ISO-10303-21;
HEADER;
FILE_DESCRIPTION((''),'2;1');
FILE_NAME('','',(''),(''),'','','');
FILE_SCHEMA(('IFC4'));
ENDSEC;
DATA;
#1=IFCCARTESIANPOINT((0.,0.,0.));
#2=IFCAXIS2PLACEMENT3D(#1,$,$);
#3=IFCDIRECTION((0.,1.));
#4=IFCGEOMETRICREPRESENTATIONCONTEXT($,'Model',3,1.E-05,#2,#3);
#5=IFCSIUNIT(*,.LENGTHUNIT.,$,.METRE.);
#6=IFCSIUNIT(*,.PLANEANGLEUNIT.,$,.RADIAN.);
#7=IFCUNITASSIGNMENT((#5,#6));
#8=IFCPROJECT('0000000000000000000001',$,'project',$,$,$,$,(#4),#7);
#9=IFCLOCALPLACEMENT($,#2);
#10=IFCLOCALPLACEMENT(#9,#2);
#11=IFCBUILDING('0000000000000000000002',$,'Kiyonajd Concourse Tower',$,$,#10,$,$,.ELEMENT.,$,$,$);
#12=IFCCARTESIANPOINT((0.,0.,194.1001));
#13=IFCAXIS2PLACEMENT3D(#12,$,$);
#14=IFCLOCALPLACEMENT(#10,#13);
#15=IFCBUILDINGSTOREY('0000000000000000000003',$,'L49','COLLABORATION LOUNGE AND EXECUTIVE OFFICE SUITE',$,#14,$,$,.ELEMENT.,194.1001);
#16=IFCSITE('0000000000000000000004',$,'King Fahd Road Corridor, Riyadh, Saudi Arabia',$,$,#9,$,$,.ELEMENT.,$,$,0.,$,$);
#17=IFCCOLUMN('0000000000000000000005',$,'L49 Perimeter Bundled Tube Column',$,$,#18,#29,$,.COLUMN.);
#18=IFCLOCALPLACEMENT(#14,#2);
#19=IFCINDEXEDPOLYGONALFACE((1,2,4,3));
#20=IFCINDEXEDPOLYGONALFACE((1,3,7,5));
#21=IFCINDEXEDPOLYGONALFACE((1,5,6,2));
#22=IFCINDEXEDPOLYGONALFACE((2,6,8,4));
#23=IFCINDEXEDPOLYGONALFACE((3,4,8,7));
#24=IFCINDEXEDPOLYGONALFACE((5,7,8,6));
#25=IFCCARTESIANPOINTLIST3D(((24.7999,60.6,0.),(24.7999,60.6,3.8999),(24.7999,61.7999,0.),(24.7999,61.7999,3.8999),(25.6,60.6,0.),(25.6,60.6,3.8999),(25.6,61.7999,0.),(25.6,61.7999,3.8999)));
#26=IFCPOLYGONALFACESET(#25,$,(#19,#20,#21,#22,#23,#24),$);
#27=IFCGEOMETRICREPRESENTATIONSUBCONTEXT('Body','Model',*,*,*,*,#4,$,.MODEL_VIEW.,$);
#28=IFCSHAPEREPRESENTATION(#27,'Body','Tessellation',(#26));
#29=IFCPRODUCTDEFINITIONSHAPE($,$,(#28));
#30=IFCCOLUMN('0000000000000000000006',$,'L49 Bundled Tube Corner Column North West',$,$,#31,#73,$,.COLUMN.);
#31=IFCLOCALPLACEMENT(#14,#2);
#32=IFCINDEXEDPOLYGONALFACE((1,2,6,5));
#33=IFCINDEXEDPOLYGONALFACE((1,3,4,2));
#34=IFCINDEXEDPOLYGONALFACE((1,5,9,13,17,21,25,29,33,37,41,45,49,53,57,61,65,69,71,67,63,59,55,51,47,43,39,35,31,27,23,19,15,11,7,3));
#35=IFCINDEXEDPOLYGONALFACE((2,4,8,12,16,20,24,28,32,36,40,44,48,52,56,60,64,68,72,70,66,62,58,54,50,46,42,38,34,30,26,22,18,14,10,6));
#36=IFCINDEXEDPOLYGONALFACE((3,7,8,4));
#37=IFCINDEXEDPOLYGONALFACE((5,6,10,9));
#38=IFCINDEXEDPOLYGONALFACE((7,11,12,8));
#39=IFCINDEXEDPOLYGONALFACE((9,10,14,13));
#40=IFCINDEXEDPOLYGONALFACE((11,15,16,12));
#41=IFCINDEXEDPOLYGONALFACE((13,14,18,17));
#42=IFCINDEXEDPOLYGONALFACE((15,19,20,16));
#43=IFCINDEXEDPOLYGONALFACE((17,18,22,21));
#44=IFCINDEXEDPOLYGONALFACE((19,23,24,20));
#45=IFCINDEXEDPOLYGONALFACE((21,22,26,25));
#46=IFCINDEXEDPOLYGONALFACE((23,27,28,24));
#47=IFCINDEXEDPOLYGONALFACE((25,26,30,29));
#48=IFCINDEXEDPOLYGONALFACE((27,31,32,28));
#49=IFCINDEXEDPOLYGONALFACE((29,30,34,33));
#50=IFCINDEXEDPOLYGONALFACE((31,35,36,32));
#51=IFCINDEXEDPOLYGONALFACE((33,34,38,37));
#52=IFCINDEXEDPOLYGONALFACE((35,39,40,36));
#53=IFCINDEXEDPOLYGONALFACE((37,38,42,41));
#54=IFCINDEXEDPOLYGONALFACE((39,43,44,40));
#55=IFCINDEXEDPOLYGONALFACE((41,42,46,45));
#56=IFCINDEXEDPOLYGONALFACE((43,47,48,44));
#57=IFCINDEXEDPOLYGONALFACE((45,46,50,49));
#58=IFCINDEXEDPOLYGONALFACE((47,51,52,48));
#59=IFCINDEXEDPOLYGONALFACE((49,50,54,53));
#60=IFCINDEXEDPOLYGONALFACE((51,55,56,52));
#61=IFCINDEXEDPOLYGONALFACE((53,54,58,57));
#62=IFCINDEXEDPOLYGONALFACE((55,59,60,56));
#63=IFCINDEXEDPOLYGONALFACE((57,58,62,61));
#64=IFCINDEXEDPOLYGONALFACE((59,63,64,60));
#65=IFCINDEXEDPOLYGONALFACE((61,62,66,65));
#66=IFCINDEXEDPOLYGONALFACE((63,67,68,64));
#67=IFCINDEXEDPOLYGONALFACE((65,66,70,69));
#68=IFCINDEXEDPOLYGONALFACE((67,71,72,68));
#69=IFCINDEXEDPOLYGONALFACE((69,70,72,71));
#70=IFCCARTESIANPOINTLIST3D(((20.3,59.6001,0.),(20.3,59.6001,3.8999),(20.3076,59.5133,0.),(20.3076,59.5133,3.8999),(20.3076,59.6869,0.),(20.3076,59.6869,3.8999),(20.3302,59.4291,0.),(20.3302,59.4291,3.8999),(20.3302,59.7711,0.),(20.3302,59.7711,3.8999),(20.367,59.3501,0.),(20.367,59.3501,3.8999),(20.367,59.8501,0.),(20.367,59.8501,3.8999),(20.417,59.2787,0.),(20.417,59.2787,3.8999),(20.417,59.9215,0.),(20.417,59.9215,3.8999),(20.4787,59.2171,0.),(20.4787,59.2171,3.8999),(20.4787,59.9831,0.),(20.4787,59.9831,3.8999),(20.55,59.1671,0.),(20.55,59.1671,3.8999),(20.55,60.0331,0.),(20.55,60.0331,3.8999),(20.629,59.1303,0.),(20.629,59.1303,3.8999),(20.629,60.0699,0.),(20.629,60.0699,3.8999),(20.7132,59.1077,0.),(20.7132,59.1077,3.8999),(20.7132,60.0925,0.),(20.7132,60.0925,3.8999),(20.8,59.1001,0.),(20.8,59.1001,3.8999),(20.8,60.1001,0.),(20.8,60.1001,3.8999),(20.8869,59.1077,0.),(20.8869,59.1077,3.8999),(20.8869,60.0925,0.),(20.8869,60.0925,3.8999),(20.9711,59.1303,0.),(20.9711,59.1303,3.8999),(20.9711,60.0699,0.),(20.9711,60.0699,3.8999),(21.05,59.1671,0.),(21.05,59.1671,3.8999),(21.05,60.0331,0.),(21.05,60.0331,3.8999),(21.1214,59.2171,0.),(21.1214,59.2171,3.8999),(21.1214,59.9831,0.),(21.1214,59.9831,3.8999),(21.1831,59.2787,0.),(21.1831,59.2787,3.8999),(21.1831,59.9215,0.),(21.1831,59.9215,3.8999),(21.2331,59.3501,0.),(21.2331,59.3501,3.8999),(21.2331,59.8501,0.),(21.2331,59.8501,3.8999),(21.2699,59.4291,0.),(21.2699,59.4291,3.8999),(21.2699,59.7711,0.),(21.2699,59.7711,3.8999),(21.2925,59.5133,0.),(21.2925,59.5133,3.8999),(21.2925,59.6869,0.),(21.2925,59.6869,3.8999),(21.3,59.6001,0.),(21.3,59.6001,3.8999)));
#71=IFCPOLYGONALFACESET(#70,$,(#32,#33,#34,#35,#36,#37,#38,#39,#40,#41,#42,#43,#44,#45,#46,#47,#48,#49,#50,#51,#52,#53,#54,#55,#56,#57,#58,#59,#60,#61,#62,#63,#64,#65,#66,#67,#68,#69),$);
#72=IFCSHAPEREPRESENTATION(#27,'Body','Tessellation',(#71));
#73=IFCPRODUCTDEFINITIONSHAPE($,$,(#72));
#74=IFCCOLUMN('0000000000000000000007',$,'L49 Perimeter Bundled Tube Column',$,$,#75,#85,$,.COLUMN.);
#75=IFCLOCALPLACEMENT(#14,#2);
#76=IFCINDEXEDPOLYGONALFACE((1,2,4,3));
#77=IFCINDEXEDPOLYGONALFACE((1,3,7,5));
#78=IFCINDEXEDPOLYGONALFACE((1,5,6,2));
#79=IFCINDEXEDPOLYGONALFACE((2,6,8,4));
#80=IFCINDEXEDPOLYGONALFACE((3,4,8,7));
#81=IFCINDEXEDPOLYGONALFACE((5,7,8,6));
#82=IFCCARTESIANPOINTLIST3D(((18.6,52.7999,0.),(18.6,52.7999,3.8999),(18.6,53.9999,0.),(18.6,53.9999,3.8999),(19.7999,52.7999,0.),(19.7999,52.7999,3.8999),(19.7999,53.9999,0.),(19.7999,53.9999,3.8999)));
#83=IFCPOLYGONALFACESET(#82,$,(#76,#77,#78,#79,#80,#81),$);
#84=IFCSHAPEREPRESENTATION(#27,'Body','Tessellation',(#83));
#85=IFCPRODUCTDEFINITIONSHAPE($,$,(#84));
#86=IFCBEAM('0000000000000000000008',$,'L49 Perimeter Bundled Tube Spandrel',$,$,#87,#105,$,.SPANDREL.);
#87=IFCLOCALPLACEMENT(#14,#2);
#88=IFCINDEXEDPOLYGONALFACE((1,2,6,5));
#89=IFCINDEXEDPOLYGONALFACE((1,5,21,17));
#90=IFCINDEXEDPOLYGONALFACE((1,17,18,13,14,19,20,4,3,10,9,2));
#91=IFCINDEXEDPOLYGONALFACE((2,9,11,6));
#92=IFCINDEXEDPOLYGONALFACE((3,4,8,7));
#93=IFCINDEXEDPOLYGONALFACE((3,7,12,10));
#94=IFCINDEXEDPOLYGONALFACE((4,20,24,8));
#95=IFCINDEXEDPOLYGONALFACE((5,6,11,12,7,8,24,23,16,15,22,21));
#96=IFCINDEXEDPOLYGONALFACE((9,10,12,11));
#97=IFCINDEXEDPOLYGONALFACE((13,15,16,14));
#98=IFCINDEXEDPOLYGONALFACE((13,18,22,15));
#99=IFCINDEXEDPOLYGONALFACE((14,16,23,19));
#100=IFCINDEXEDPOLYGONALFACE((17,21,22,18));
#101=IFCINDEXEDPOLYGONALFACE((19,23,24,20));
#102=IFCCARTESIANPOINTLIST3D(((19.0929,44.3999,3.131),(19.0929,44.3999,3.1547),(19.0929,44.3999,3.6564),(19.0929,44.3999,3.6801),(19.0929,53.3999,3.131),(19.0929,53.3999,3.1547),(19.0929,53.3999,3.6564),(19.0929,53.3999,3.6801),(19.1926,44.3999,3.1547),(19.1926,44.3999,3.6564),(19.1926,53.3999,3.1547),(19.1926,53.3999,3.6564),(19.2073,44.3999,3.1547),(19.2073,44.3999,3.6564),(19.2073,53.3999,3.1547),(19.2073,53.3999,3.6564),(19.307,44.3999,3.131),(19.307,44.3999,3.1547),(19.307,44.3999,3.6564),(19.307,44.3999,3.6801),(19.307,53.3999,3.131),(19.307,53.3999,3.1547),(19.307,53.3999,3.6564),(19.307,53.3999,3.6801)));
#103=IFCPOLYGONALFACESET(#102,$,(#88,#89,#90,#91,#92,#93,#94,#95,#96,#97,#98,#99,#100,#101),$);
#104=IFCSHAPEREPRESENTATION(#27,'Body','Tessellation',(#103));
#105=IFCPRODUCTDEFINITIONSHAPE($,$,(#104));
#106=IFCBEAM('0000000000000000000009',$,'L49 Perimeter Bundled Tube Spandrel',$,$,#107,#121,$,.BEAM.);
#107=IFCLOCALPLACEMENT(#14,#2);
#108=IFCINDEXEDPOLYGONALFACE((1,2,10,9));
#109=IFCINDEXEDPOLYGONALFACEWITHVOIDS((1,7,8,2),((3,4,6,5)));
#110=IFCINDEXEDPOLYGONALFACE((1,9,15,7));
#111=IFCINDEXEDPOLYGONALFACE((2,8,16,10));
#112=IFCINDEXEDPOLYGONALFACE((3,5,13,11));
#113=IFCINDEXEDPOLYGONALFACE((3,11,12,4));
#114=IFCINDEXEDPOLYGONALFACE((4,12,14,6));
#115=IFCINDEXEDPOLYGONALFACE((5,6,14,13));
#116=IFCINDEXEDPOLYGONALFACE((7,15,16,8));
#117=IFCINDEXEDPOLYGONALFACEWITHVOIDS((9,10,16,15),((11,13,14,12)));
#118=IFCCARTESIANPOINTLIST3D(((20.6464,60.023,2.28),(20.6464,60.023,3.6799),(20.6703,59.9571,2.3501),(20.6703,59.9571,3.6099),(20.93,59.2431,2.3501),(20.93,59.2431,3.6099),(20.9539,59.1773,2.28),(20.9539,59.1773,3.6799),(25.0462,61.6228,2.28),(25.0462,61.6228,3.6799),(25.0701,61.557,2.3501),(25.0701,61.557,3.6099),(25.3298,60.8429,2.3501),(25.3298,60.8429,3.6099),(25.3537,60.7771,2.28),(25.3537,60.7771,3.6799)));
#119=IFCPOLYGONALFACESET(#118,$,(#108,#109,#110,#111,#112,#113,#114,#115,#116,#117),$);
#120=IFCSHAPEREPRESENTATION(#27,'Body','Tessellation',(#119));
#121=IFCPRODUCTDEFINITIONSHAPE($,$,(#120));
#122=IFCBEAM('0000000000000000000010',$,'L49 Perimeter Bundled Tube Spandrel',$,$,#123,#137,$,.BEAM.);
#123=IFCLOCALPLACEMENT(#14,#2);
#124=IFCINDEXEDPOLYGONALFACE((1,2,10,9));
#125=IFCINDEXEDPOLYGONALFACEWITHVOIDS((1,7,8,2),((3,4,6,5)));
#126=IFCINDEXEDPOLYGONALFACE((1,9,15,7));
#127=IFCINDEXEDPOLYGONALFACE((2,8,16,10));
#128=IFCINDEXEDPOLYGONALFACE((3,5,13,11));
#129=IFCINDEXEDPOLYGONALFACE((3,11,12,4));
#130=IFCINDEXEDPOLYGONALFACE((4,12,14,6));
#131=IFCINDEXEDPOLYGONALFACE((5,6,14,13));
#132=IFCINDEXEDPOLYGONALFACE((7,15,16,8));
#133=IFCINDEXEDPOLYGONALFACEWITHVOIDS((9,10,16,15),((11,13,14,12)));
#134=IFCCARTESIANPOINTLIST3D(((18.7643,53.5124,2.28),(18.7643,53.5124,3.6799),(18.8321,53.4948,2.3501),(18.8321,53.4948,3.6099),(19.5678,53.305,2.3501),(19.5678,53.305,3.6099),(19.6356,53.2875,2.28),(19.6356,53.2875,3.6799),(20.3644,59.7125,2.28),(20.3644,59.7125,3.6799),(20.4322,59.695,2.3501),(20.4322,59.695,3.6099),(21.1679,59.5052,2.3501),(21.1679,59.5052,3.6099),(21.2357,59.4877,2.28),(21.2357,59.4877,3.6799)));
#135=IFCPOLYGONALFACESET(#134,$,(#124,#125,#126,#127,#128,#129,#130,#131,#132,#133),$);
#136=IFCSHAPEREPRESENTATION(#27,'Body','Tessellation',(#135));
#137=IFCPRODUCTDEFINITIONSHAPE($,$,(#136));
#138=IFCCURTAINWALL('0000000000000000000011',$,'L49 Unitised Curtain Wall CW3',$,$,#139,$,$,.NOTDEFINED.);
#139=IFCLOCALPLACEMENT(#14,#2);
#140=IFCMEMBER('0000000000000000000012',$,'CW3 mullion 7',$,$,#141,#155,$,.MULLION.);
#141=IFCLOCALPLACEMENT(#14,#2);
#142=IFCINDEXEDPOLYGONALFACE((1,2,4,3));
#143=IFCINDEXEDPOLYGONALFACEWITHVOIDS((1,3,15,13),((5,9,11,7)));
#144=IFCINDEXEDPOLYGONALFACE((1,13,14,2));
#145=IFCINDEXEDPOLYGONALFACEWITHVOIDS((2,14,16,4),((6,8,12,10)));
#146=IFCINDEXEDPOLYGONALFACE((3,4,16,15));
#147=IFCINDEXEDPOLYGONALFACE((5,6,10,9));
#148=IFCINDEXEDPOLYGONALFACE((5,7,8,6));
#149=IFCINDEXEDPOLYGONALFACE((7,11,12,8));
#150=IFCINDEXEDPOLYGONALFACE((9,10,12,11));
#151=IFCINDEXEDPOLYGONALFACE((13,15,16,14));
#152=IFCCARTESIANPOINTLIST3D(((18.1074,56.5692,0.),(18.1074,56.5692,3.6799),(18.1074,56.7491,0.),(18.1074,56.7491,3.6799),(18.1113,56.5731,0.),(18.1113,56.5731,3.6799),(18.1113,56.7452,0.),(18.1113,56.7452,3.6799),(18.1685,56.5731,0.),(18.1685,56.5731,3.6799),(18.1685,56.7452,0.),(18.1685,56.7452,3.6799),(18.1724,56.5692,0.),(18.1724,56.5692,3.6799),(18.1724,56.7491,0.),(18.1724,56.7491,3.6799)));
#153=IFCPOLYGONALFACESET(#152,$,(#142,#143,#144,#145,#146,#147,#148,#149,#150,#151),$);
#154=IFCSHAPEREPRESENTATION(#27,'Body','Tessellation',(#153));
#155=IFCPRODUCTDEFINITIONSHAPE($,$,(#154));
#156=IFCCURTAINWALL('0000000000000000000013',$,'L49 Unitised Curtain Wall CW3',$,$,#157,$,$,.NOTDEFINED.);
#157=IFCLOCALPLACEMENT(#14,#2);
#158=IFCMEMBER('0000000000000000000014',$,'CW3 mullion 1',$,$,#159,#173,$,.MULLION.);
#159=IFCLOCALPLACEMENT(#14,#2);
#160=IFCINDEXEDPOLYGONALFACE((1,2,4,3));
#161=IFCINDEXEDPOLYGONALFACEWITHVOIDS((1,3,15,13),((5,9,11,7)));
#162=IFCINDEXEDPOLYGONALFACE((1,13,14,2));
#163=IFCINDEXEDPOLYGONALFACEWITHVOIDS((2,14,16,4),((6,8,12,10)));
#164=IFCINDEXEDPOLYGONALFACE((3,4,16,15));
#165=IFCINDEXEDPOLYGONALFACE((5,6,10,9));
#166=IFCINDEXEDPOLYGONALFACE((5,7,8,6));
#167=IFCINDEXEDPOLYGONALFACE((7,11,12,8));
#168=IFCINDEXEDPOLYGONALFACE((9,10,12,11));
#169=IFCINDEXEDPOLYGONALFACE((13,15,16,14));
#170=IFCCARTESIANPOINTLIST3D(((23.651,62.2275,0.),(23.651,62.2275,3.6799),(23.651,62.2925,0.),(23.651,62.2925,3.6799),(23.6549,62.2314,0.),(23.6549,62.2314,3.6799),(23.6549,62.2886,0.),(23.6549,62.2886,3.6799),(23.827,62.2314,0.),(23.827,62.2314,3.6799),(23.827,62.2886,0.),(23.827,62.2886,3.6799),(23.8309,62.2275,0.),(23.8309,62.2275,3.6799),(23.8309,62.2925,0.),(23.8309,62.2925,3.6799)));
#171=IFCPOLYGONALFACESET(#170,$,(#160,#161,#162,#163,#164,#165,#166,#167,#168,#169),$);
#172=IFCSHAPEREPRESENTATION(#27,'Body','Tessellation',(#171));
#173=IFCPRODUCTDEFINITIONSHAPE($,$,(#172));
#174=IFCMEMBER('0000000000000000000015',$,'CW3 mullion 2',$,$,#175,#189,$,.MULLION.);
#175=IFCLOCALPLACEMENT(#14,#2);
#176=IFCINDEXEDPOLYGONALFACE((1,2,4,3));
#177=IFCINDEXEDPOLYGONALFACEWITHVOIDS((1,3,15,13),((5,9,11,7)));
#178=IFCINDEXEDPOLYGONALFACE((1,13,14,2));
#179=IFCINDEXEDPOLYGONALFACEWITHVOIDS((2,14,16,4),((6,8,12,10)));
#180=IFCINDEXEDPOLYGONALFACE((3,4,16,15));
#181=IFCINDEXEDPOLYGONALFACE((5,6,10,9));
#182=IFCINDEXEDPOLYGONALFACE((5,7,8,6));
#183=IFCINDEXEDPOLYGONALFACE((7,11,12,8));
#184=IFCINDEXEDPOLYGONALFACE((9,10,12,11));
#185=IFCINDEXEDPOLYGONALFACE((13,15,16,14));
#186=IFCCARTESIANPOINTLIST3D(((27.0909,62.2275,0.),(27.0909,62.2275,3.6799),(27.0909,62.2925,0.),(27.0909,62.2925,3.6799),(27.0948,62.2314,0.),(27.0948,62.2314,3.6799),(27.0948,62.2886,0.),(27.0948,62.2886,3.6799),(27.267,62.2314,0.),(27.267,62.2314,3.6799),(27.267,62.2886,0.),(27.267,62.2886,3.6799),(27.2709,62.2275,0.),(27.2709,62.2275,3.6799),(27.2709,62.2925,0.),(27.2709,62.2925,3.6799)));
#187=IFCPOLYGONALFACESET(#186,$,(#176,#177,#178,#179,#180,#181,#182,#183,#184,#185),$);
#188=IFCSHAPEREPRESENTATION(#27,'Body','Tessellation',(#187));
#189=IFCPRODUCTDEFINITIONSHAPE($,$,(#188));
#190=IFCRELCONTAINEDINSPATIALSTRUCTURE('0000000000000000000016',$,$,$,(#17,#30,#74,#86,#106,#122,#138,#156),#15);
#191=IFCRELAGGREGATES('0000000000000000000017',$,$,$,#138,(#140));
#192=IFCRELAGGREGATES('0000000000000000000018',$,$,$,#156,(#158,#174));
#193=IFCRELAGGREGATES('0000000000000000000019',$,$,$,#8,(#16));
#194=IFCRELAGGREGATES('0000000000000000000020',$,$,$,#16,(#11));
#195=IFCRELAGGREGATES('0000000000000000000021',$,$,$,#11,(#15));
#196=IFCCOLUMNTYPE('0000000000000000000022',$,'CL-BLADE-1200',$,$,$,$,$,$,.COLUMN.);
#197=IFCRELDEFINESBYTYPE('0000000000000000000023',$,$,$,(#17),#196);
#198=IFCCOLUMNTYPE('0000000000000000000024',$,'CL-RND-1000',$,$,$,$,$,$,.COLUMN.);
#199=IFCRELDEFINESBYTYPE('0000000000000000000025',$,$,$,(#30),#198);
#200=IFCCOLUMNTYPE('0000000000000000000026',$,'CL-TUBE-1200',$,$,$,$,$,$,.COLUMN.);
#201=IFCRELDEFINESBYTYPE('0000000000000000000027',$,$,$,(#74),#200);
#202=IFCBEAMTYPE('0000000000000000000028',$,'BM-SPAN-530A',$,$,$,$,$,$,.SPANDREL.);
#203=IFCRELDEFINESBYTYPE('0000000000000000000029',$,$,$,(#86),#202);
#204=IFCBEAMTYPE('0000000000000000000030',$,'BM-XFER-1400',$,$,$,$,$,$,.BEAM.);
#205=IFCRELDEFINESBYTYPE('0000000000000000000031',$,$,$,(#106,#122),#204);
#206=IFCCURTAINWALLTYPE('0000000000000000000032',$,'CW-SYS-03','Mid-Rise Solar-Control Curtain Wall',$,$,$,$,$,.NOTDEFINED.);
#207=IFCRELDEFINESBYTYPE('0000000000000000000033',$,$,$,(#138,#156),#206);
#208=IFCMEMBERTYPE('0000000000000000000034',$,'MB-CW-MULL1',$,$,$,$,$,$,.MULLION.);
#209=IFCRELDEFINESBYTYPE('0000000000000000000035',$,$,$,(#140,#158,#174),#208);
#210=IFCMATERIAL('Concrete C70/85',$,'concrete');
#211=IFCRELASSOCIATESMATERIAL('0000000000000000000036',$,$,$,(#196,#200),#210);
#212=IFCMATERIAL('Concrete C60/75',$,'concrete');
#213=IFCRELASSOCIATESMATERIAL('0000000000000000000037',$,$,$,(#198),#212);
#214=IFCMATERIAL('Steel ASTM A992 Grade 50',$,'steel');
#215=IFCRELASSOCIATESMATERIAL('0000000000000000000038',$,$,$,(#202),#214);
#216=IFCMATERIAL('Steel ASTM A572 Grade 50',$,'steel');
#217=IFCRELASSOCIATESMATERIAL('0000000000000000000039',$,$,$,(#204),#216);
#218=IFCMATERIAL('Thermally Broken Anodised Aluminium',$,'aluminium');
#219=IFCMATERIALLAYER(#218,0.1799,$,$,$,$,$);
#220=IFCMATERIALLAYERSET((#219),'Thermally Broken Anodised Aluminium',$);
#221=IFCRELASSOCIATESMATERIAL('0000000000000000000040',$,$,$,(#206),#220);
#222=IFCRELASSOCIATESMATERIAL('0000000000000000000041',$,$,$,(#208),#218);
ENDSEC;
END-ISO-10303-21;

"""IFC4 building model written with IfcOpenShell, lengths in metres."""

from ifc_helpers import new_model, si_unit, direction, frame, origin, origin_2d, place, context, subcontext, project, spatial, rectangle, hollow_rectangle, circle, i_section, extrude, material, layer, layer_set, material_profile, profile_set, type_object, element, aggregate, save


model = new_model("IFC4")

# Units and contexts
model_context = context("Model", 3, precision=1e-05, world=origin(), true_north=direction((0.0, 1.0)))
body_context = subcontext(model_context, "Body", "Model", "MODEL_VIEW")
ifc_project = project(units=[si_unit("LENGTHUNIT", "METRE"), si_unit("PLANEANGLEUNIT", "RADIAN")], contexts=[model_context])

# Site, building, storey
site_placement = place(None, origin())
site = spatial("IfcSite", under=ifc_project, at=site_placement, Name="King Fahd Road Corridor, Riyadh, Saudi Arabia", CompositionType="ELEMENT", RefElevation=0.0)
building_placement = place(site_placement, origin())
building = spatial("IfcBuilding", under=site, at=building_placement, Name="Kiyonajd Concourse Tower", CompositionType="ELEMENT")
storey_placement = place(building_placement, frame((0.0, 0.0, 194.1001)))
storey = spatial("IfcBuildingStorey", under=building, at=storey_placement, Name="L49", Description="COLLABORATION LOUNGE AND EXECUTIVE OFFICE SUITE", CompositionType="ELEMENT", Elevation=194.1001)

# Columns
ifc_material_1 = material(Name="Concrete C70/85", Category="concrete")
ifc_material_profile_1 = material_profile(ifc_material_1, rectangle(XDim=0.8, YDim=1.2, at=origin_2d()), Name="RC-1200x800")
ifc_profile_set_1 = profile_set([ifc_material_profile_1], Name="Concrete C70/85")
column_type_1 = type_object("IfcColumnType", Name="CL-BLADE-1200", PredefinedType="COLUMN", material=ifc_profile_set_1)
column_1_placement = place(storey_placement, frame((25.2, 61.2, 0.0), z_axis=(0.0, 0.0, 1.0), x_axis=(1.0, 0.0, 0.0)))
element("IfcColumn", 1, at=column_1_placement, inside=storey, type_object=column_type_1, Name="L49 Perimeter Bundled Tube Column", PredefinedType="COLUMN", context=body_context, shape_type="SweptSolid", body=[
    extrude(rectangle(XDim=0.8, YDim=1.2, at=origin_2d()), origin(), (0.0, 0.0, 1.0), 3.8999),
])
ifc_material_2 = material(Name="Concrete C60/75", Category="concrete")
ifc_material_profile_2 = material_profile(ifc_material_2, circle(Radius=0.5, at=origin_2d()), Name="RCC-D1000")
ifc_profile_set_2 = profile_set([ifc_material_profile_2], Name="Concrete C60/75")
column_type_2 = type_object("IfcColumnType", Name="CL-RND-1000", PredefinedType="COLUMN", material=ifc_profile_set_2)
column_2_placement = place(storey_placement, frame((20.8, 59.6001, 0.0), z_axis=(0.0, 0.0, 1.0), x_axis=(1.0, 0.0, 0.0)))
element("IfcColumn", 2, at=column_2_placement, inside=storey, type_object=column_type_2, Name="L49 Bundled Tube Corner Column North West", PredefinedType="COLUMN", context=body_context, shape_type="SweptSolid", body=[
    extrude(circle(Radius=0.5, at=origin_2d()), origin(), (0.0, 0.0, 1.0), 3.8999),
])
ifc_material_profile_3 = material_profile(ifc_material_1, rectangle(XDim=1.2, YDim=1.2, at=origin_2d()), Name="RC-1200x1200")
ifc_profile_set_3 = profile_set([ifc_material_profile_3], Name="Concrete C70/85")
column_type_3 = type_object("IfcColumnType", Name="CL-TUBE-1200", PredefinedType="COLUMN", material=ifc_profile_set_3)
column_3_placement = place(storey_placement, frame((19.2, 53.3999, 0.0), z_axis=(0.0, 0.0, 1.0), x_axis=(1.0, 0.0, 0.0)))
element("IfcColumn", 3, at=column_3_placement, inside=storey, type_object=column_type_3, Name="L49 Perimeter Bundled Tube Column", PredefinedType="COLUMN", context=body_context, shape_type="SweptSolid", body=[
    extrude(rectangle(XDim=1.2, YDim=1.2, at=origin_2d()), origin(), (0.0, 0.0, 1.0), 3.8999),
])

# Beams
ifc_material_3 = material(Name="Steel ASTM A992 Grade 50", Category="steel")
ifc_material_profile_4 = material_profile(ifc_material_3, i_section(OverallWidth=0.2141, OverallDepth=0.5491, WebThickness=0.0146, FlangeThickness=0.0237, at=origin_2d()), Name="W530X138")
ifc_profile_set_4 = profile_set([ifc_material_profile_4], Name="Steel ASTM A992 Grade 50")
beam_type_1 = type_object("IfcBeamType", Name="BM-SPAN-530A", PredefinedType="SPANDREL", material=ifc_profile_set_4)
beam_1_placement = place(storey_placement, frame((19.2, 53.3999, 3.4055), z_axis=(0.0, -1.0, 0.0), x_axis=(1.0, 0.0, 0.0)))
element("IfcBeam", 4, at=beam_1_placement, inside=storey, type_object=beam_type_1, Name="L49 Perimeter Bundled Tube Spandrel", PredefinedType="SPANDREL", context=body_context, shape_type="SweptSolid", body=[
    extrude(i_section(OverallWidth=0.2141, OverallDepth=0.5491, WebThickness=0.0146, FlangeThickness=0.0237, at=origin_2d()), origin(), (0.0, 0.0, 1.0), 9.0),
])
ifc_material_4 = material(Name="Steel ASTM A572 Grade 50", Category="steel")
ifc_material_profile_5 = material_profile(ifc_material_4, hollow_rectangle(XDim=0.8999, YDim=1.3999, WallThickness=0.0701, at=origin_2d()), Name="BOX-1400x900x70")
ifc_profile_set_5 = profile_set([ifc_material_profile_5], Name="Steel ASTM A572 Grade 50")
beam_type_2 = type_object("IfcBeamType", Name="BM-XFER-1400", PredefinedType="BEAM", material=ifc_profile_set_5)
beam_2_placement = place(storey_placement, frame((25.2, 61.2, 2.98), z_axis=(-0.939801, -0.341722, 0.0), x_axis=(0.341722, -0.939801, 0.0)))
element("IfcBeam", 5, at=beam_2_placement, inside=storey, type_object=beam_type_2, Name="L49 Perimeter Bundled Tube Spandrel", PredefinedType="BEAM", context=body_context, shape_type="SweptSolid", body=[
    extrude(hollow_rectangle(XDim=0.8999, YDim=1.3999, WallThickness=0.0701, at=origin_2d()), origin(), (0.0, 0.0, 1.0), 4.6816),
])
beam_3_placement = place(storey_placement, frame((20.8, 59.6001, 2.98), z_axis=(-0.249885, -0.968276, 0.0), x_axis=(0.968276, -0.249885, 0.0)))
element("IfcBeam", 6, at=beam_3_placement, inside=storey, type_object=beam_type_2, Name="L49 Perimeter Bundled Tube Spandrel", PredefinedType="BEAM", context=body_context, shape_type="SweptSolid", body=[
    extrude(hollow_rectangle(XDim=0.8999, YDim=1.3999, WallThickness=0.0701, at=origin_2d()), origin(), (0.0, 0.0, 1.0), 6.4033),
])

# Curtain wall, member
ifc_material_5 = material(Name="Thermally Broken Anodised Aluminium", Category="aluminium")
ifc_layer_1 = layer(ifc_material_5, 0.1799)
ifc_layer_set_1 = layer_set([ifc_layer_1], Name="Thermally Broken Anodised Aluminium")
curtain_wall_type = type_object("IfcCurtainWallType", Name="CW-SYS-03", Description="Mid-Rise Solar-Control Curtain Wall", PredefinedType="NOTDEFINED", material=ifc_layer_set_1)
curtain_wall_1_placement = place(storey_placement, origin())
curtain_wall_1 = element("IfcCurtainWall", 7, at=curtain_wall_1_placement, inside=storey, type_object=curtain_wall_type, Name="L49 Unitised Curtain Wall CW3", PredefinedType="NOTDEFINED")
ifc_material_profile_6 = material_profile(ifc_material_5, hollow_rectangle(XDim=0.0649, YDim=0.1799, WallThickness=0.0039, at=origin_2d()), Name="MULL-65x180")
ifc_profile_set_6 = profile_set([ifc_material_profile_6], Name="Thermally Broken Anodised Aluminium")
member_type_1 = type_object("IfcMemberType", Name="MB-CW-MULL1", PredefinedType="MULLION", material=ifc_profile_set_6)
member_1_placement = place(storey_placement, frame((18.1399, 56.6592, 0.0), z_axis=(0.0, 0.0, 1.0), x_axis=(-1.0, 0.0, 0.0)))
member_1 = element("IfcMember", 8, at=member_1_placement, type_object=member_type_1, Name="CW3 mullion 7", PredefinedType="MULLION", context=body_context, shape_type="SweptSolid", body=[
    extrude(hollow_rectangle(XDim=0.0649, YDim=0.1799, WallThickness=0.0039, at=origin_2d()), origin(), (0.0, 0.0, 1.0), 3.6799),
])

# Curtain wall, members
curtain_wall_2_placement = place(storey_placement, origin())
curtain_wall_2 = element("IfcCurtainWall", 9, at=curtain_wall_2_placement, inside=storey, type_object=curtain_wall_type, Name="L49 Unitised Curtain Wall CW3", PredefinedType="NOTDEFINED")
member_2_placement = place(storey_placement, frame((23.741, 62.26, 0.0), z_axis=(0.0, 0.0, 1.0), x_axis=(0.0, 1.0, 0.0)))
member_2 = element("IfcMember", 10, at=member_2_placement, type_object=member_type_1, Name="CW3 mullion 1", PredefinedType="MULLION", context=body_context, shape_type="SweptSolid", body=[
    extrude(hollow_rectangle(XDim=0.0649, YDim=0.1799, WallThickness=0.0039, at=origin_2d()), origin(), (0.0, 0.0, 1.0), 3.6799),
])
member_3_placement = place(storey_placement, frame((27.1809, 62.26, 0.0), z_axis=(0.0, 0.0, 1.0), x_axis=(0.0, 1.0, 0.0)))
member_3 = element("IfcMember", 11, at=member_3_placement, type_object=member_type_1, Name="CW3 mullion 2", PredefinedType="MULLION", context=body_context, shape_type="SweptSolid", body=[
    extrude(hollow_rectangle(XDim=0.0649, YDim=0.1799, WallThickness=0.0039, at=origin_2d()), origin(), (0.0, 0.0, 1.0), 3.6799),
])

aggregate(curtain_wall_1, [member_1])
aggregate(curtain_wall_2, [member_2, member_3])

save(model, "model.ifc")
